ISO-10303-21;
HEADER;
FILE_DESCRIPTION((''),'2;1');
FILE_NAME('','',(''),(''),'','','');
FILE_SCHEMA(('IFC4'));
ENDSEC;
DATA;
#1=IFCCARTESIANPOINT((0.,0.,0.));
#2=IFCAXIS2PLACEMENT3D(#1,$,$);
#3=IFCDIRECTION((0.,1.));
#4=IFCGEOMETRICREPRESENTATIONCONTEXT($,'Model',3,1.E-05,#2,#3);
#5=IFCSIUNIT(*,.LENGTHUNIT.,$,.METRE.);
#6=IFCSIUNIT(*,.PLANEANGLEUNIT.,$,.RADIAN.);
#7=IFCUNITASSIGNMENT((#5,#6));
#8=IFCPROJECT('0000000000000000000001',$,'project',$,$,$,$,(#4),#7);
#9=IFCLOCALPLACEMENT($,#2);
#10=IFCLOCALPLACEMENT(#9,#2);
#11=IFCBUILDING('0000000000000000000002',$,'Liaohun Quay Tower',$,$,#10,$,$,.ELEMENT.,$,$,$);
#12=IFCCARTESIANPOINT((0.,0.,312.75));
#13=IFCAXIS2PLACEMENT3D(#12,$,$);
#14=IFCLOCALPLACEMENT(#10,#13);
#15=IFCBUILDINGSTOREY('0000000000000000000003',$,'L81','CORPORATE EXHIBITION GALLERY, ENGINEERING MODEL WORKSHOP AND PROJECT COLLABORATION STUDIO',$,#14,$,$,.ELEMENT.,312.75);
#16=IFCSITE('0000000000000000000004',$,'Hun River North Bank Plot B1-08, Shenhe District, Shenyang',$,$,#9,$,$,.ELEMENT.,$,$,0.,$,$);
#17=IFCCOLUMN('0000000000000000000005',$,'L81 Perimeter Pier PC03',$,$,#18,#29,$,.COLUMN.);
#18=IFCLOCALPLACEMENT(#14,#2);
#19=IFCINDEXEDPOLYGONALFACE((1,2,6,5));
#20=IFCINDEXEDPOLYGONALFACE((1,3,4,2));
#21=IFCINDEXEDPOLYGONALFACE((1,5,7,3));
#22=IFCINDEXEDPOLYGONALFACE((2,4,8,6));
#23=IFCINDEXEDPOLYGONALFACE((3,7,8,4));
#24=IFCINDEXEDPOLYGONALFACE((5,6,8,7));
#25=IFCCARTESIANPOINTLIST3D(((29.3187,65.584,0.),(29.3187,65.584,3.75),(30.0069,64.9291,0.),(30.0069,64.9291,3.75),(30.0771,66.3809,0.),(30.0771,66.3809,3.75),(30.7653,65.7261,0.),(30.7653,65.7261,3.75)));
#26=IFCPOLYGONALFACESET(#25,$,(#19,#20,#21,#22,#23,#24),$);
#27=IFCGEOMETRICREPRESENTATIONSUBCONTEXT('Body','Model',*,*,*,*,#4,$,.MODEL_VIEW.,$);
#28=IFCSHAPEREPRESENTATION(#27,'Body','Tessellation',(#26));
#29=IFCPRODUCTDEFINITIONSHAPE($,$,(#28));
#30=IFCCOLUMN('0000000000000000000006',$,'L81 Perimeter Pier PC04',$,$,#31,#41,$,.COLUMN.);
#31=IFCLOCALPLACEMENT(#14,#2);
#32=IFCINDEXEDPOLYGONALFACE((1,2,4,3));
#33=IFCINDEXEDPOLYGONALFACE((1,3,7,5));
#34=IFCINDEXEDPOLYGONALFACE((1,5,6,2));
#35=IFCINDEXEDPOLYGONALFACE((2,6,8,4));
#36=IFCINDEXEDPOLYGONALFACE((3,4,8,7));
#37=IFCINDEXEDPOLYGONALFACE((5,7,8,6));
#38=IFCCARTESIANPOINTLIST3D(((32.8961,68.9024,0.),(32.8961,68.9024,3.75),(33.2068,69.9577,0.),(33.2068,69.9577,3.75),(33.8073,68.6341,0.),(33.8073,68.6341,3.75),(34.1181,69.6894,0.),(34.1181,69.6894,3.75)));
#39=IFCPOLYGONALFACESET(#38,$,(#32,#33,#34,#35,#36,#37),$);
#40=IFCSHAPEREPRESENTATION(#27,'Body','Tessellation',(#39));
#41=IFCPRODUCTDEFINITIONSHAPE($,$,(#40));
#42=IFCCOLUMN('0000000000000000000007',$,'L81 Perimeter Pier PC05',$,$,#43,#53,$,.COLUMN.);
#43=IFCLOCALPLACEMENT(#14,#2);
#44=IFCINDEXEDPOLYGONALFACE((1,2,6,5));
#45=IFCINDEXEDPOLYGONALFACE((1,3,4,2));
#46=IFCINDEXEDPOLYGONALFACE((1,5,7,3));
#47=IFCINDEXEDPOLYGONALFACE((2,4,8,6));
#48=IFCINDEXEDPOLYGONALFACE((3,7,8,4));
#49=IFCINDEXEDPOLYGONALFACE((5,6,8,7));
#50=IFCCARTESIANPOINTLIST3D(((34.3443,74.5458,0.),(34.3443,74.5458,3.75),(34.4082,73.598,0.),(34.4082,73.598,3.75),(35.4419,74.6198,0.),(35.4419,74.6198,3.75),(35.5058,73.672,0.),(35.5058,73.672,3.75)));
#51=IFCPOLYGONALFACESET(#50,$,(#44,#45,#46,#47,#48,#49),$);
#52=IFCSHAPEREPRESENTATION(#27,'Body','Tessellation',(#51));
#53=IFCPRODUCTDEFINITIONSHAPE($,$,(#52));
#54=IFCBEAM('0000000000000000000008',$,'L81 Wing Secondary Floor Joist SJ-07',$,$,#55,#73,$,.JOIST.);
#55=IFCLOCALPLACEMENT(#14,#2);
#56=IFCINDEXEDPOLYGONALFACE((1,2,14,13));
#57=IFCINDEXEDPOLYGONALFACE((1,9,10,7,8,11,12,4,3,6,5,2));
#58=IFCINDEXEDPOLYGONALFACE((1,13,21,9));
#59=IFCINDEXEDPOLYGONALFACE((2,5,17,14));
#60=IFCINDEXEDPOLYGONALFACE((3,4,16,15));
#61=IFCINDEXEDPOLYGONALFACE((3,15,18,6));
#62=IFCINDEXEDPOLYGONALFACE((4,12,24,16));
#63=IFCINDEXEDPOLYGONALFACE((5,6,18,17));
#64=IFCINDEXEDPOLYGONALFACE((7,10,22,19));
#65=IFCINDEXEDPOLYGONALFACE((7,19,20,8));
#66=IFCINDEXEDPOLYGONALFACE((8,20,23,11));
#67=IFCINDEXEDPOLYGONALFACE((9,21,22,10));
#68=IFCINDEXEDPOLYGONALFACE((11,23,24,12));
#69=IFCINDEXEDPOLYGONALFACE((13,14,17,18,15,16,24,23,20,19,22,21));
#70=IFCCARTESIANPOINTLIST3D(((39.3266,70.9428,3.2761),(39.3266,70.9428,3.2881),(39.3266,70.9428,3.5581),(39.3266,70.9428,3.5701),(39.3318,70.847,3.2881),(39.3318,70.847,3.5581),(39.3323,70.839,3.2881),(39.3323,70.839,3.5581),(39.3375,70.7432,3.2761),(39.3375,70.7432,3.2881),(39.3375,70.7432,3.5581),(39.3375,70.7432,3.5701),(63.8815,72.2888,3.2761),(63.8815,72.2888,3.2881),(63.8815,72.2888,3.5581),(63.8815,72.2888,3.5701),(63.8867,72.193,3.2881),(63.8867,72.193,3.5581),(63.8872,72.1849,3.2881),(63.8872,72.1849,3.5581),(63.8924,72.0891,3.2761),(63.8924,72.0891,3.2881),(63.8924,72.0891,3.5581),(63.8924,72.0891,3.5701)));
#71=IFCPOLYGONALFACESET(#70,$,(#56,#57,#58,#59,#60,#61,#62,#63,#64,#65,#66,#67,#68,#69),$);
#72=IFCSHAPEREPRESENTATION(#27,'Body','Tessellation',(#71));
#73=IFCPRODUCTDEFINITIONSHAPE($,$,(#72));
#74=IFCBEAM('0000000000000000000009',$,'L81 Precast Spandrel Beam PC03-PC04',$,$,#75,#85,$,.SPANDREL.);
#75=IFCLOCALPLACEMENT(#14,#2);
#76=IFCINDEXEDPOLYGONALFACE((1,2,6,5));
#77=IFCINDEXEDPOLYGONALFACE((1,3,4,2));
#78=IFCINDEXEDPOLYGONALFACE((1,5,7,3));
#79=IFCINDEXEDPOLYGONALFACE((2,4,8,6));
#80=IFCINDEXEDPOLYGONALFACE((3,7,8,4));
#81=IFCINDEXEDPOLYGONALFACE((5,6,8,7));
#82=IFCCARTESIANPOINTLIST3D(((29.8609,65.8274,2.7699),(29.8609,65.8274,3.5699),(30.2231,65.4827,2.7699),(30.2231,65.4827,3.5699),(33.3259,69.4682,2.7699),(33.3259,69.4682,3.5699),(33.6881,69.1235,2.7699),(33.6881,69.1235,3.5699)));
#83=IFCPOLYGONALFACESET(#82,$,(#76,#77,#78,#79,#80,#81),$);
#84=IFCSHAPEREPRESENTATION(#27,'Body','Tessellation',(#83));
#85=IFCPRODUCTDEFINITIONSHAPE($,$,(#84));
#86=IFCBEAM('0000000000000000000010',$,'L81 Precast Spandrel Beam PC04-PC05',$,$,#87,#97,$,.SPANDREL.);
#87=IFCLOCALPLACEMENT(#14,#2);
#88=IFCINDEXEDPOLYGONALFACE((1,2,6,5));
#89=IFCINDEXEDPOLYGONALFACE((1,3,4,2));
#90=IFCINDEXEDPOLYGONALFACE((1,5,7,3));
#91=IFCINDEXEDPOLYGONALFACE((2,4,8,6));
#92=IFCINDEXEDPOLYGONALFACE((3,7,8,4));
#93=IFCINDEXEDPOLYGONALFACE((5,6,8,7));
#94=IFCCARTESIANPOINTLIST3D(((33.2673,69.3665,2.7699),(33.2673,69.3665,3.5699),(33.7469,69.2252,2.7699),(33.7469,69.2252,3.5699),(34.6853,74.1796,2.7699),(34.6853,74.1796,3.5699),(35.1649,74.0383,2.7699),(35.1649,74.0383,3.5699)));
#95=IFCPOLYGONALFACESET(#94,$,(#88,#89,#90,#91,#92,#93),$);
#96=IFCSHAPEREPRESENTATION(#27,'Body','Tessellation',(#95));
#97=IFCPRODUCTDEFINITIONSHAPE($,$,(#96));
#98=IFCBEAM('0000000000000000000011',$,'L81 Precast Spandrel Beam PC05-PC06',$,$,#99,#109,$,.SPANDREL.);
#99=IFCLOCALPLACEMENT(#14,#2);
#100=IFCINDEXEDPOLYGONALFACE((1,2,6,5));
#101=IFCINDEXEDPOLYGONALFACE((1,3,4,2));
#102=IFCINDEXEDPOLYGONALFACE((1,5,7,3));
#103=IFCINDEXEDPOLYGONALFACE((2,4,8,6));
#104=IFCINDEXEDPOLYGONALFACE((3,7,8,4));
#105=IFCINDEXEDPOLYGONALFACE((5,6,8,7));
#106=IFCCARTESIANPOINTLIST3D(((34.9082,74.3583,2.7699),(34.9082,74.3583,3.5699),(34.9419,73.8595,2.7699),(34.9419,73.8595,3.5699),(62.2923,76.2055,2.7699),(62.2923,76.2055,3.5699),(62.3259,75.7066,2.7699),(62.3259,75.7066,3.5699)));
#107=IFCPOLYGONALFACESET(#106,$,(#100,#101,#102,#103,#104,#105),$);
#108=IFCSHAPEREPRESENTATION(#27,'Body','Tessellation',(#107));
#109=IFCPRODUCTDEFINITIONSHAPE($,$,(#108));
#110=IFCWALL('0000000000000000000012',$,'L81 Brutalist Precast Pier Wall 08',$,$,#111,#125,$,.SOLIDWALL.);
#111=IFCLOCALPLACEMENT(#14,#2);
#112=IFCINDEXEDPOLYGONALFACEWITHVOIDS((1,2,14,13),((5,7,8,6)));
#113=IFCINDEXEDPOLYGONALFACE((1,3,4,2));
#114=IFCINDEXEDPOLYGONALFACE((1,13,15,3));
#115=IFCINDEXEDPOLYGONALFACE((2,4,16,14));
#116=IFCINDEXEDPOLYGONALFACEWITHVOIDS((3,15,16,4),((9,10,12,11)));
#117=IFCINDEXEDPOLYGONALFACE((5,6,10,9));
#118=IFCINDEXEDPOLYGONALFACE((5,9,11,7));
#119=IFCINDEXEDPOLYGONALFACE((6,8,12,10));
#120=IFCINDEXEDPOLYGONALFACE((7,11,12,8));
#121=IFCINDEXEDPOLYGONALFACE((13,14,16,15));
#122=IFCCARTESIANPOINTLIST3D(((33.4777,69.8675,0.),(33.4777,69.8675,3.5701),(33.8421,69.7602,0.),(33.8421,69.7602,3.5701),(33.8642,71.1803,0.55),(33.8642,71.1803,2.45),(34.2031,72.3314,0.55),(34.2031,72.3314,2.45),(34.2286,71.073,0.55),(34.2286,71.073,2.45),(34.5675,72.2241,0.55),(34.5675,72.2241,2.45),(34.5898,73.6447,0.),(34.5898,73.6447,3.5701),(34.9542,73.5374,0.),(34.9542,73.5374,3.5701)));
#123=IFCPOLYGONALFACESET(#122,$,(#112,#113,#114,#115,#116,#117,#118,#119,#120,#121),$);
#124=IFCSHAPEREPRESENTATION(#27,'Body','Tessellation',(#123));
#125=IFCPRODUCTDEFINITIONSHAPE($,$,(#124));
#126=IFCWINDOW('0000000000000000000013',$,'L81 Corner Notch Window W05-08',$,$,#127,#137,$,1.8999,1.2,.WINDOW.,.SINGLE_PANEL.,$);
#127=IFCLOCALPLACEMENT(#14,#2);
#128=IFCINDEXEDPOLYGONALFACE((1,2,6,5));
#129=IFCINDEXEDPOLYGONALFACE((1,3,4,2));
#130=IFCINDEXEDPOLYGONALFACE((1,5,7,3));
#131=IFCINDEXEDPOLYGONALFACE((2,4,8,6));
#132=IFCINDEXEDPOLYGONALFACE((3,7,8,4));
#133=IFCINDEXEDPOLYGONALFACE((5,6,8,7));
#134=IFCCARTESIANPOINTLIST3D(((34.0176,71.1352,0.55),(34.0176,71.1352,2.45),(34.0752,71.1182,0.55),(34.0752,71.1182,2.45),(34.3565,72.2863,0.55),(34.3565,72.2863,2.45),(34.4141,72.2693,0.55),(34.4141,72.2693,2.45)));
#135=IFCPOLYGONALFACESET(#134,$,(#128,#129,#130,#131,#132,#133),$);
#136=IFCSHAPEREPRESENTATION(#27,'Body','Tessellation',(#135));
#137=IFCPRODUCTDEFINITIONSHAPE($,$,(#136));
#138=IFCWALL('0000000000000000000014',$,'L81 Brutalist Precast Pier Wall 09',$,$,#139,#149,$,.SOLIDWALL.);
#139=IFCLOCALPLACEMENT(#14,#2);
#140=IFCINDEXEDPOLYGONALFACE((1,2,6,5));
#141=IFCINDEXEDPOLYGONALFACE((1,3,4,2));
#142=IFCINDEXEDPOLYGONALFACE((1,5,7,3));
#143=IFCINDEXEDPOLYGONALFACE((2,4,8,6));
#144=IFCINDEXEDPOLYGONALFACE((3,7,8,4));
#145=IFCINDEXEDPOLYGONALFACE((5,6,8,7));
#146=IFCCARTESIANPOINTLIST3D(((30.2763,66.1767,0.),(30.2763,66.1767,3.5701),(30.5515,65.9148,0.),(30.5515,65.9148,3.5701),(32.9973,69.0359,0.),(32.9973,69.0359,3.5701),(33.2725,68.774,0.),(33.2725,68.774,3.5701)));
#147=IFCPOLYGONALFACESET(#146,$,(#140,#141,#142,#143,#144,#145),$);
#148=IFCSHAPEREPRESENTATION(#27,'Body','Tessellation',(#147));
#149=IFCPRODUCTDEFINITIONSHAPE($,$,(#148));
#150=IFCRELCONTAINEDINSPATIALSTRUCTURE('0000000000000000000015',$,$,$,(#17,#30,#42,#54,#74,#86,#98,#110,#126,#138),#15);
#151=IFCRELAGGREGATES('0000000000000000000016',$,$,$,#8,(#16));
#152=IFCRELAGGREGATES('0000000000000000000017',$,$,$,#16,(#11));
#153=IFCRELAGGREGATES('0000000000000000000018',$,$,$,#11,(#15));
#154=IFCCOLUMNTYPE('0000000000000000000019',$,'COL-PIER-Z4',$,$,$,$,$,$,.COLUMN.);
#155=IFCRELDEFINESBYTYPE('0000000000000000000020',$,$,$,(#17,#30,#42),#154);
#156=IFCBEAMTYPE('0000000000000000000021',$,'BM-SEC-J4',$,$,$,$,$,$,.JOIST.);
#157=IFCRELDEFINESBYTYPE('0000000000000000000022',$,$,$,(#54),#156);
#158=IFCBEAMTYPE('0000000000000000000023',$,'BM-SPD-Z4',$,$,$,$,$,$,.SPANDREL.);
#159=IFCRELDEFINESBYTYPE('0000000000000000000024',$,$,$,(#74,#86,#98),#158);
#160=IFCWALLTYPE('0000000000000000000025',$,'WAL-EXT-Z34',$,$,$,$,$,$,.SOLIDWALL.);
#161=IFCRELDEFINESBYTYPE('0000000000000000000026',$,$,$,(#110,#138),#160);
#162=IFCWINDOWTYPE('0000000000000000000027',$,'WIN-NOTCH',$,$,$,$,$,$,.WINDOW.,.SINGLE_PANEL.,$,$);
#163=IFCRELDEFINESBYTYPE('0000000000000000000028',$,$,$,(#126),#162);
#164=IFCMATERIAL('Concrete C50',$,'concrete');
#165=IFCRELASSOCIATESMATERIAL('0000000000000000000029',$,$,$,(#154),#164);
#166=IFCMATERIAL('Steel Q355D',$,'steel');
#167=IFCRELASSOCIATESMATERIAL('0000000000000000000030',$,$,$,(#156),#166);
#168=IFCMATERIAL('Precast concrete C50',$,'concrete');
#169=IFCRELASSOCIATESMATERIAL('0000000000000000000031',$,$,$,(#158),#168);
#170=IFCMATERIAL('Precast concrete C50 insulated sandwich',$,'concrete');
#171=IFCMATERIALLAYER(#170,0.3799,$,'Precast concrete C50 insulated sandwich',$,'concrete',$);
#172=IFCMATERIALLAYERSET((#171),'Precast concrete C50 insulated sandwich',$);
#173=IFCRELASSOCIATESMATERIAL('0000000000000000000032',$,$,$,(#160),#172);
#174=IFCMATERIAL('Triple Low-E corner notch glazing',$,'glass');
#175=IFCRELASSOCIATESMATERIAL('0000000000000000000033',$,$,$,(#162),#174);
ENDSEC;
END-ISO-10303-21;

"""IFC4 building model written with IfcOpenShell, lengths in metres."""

from ifc_helpers import new_model, si_unit, direction, frame, frame_2d, origin, origin_2d, place, context, subcontext, project, spatial, rectangle, i_section, extrude, source, transform, mapped, material, layer, layer_set, material_profile, profile_set, type_object, element, fill, save


model = new_model("IFC4")

# Units and contexts
model_context = context("Model", 3, precision=1e-05, world=origin(), true_north=direction((0.0, 1.0)))
body_context = subcontext(model_context, "Body", "Model", "MODEL_VIEW")
ifc_project = project(units=[si_unit("LENGTHUNIT", "METRE"), si_unit("PLANEANGLEUNIT", "RADIAN")], contexts=[model_context])

# Site, building, storey
site_placement = place(None, origin())
site = spatial("IfcSite", under=ifc_project, at=site_placement, Name="Hun River North Bank Plot B1-08, Shenhe District, Shenyang", CompositionType="ELEMENT", RefElevation=0.0)
building_placement = place(site_placement, origin())
building = spatial("IfcBuilding", under=site, at=building_placement, Name="Liaohun Quay Tower", CompositionType="ELEMENT")
storey_placement = place(building_placement, frame((0.0, 0.0, 312.75)))
storey = spatial("IfcBuildingStorey", under=building, at=storey_placement, Name="L81", Description="CORPORATE EXHIBITION GALLERY, ENGINEERING MODEL WORKSHOP AND PROJECT COLLABORATION STUDIO", CompositionType="ELEMENT", Elevation=312.75)

# Columns
ifc_material_1 = material(Name="Concrete C50", Category="concrete")
ifc_material_profile_1 = material_profile(ifc_material_1, rectangle(XDim=1.1001, YDim=0.95, at=origin_2d()), Name="RC1100x950")
ifc_profile_set_1 = profile_set([ifc_material_profile_1], Name="Concrete C50")
column_type = type_object("IfcColumnType", Name="COL-PIER-Z4", PredefinedType="COLUMN", material=ifc_profile_set_1)
shared_shape_1 = source(origin(), body_context, "Body", "SweptSolid", [
    extrude(rectangle(XDim=1.1001, YDim=0.95, at=origin_2d()), origin(), (0.0, 0.0, 1.0), 3.75),
])
for number, where, z_axis, x_axis, name in (
    (1, (30.042, 65.655, 0.0), (0.0, 0.0, 1.0), (0.689367, 0.724413, 0.0), "L81 Perimeter Pier PC03"),
    (2, (33.5071, 69.2959, 0.0), (0.0, 0.0, 1.0), (0.282509, 0.959265, 0.0), "L81 Perimeter Pier PC04"),
    (3, (34.925, 74.1089, 0.0), (0.0, 0.0, 1.0), (0.997732, 0.067319, 0.0), "L81 Perimeter Pier PC05"),
):
    element("IfcColumn", number, at=place(storey_placement, frame(where, z_axis=z_axis, x_axis=x_axis)), inside=storey, type_object=column_type, Name=name, PredefinedType="COLUMN", context=body_context, shape_type="MappedRepresentation", body=[
        mapped(shared_shape_1, transform((0.0, 0.0, 0.0), x_axis=(1.0, 0.0, 0.0), y_axis=(0.0, 1.0, 0.0), z_axis=(0.0, 0.0, 1.0), scale=1.0)),
    ])

# Beams
ifc_material_2 = material(Name="Steel Q355D", Category="steel")
ifc_material_profile_2 = material_profile(ifc_material_2, i_section(OverallWidth=0.2, OverallDepth=0.2939, WebThickness=0.0081, FlangeThickness=0.012, at=origin_2d()), Name="HM294x200x8x12")
ifc_profile_set_2 = profile_set([ifc_material_profile_2], Name="Steel Q355D")
beam_type_1 = type_object("IfcBeamType", Name="BM-SEC-J4", PredefinedType="JOIST", material=ifc_profile_set_2)
shared_shape_2 = source(origin(), body_context, "Body", "SweptSolid", [
    extrude(i_section(OverallWidth=0.2, OverallDepth=0.2939, WebThickness=0.0081, FlangeThickness=0.012, at=origin_2d()), origin(), (0.0, 0.0, 1.0), 24.5918),
])
beam_1_placement = place(storey_placement, frame((39.332, 70.843, 3.4231), z_axis=(0.998501, 0.054732, 0.0), x_axis=(-0.054732, 0.998501, 0.0)))
element("IfcBeam", 4, at=beam_1_placement, inside=storey, type_object=beam_type_1, Name="L81 Wing Secondary Floor Joist SJ-07", PredefinedType="JOIST", context=body_context, shape_type="MappedRepresentation", body=[
    mapped(shared_shape_2, transform((0.0, 0.0, 0.0), x_axis=(1.0, 0.0, 0.0), y_axis=(0.0, 1.0, 0.0), z_axis=(0.0, 0.0, 1.0), scale=1.0)),
])
ifc_material_3 = material(Name="Precast concrete C50", Category="concrete")
ifc_material_profile_3 = material_profile(ifc_material_3, rectangle(XDim=0.5, YDim=0.8, at=origin_2d()), Name="RC500x800")
ifc_profile_set_3 = profile_set([ifc_material_profile_3], Name="Precast concrete C50")
beam_type_2 = type_object("IfcBeamType", Name="BM-SPD-Z4", PredefinedType="SPANDREL", material=ifc_profile_set_3)
shared_shape_3 = source(origin(), body_context, "Body", "SweptSolid", [
    extrude(rectangle(XDim=0.5, YDim=0.8, at=origin_2d()), origin(), (0.0, 0.0, 1.0), 5.0261),
])
beam_2_placement = place(storey_placement, frame((30.042, 65.655, 3.1699), z_axis=(0.689404, 0.724377, 0.0), x_axis=(-0.724377, 0.689404, 0.0)))
element("IfcBeam", 5, at=beam_2_placement, inside=storey, type_object=beam_type_2, Name="L81 Precast Spandrel Beam PC03-PC04", PredefinedType="SPANDREL", context=body_context, shape_type="MappedRepresentation", body=[
    mapped(shared_shape_3, transform((0.0, 0.0, 0.0), x_axis=(1.0, 0.0, 0.0), y_axis=(0.0, 1.0, 0.0), z_axis=(0.0, 0.0, 1.0), scale=1.0)),
])
shared_shape_4 = source(origin(), body_context, "Body", "SweptSolid", [
    extrude(rectangle(XDim=0.5, YDim=0.8, at=origin_2d()), origin(), (0.0, 0.0, 1.0), 5.0176),
])
beam_3_placement = place(storey_placement, frame((33.5071, 69.2959, 3.1699), z_axis=(0.282604, 0.959237, 0.0), x_axis=(-0.959237, 0.282604, 0.0)))
element("IfcBeam", 6, at=beam_3_placement, inside=storey, type_object=beam_type_2, Name="L81 Precast Spandrel Beam PC04-PC05", PredefinedType="SPANDREL", context=body_context, shape_type="MappedRepresentation", body=[
    mapped(shared_shape_4, transform((0.0, 0.0, 0.0), x_axis=(1.0, 0.0, 0.0), y_axis=(0.0, 1.0, 0.0), z_axis=(0.0, 0.0, 1.0), scale=1.0)),
])
shared_shape_5 = source(origin(), body_context, "Body", "SweptSolid", [
    extrude(rectangle(XDim=0.5, YDim=0.8, at=origin_2d()), origin(), (0.0, 0.0, 1.0), 27.4463),
])
beam_4_placement = place(storey_placement, frame((34.925, 74.1089, 3.1699), z_axis=(0.997733, 0.067301, 0.0), x_axis=(-0.067301, 0.997733, 0.0)))
element("IfcBeam", 7, at=beam_4_placement, inside=storey, type_object=beam_type_2, Name="L81 Precast Spandrel Beam PC05-PC06", PredefinedType="SPANDREL", context=body_context, shape_type="MappedRepresentation", body=[
    mapped(shared_shape_5, transform((0.0, 0.0, 0.0), x_axis=(1.0, 0.0, 0.0), y_axis=(0.0, 1.0, 0.0), z_axis=(0.0, 0.0, 1.0), scale=1.0)),
])

# Wall, opening, window
ifc_material_4 = material(Name="Precast concrete C50 insulated sandwich", Category="concrete")
ifc_layer_1 = layer(ifc_material_4, 0.3799, Name="Precast concrete C50 insulated sandwich", Category="concrete")
ifc_layer_set_1 = layer_set([ifc_layer_1], Name="Precast concrete C50 insulated sandwich")
wall_type_1 = type_object("IfcWallType", Name="WAL-EXT-Z34", PredefinedType="SOLIDWALL", material=ifc_layer_set_1)
wall_1_placement = place(storey_placement, frame((34.772, 73.5911, 0.0), z_axis=(0.0, 0.0, 1.0), x_axis=(-0.282435, -0.959286, 0.0)))
wall_1 = element("IfcWall", 8, at=wall_1_placement, inside=storey, type_object=wall_type_1, Name="L81 Brutalist Precast Pier Wall 08", PredefinedType="SOLIDWALL", context=body_context, shape_type="SweptSolid", body=[
    extrude(rectangle(XDim=3.9375, YDim=0.3799, at=frame_2d((1.9688, 0.0))), origin(), (0.0, 0.0, 1.0), 3.5701),
])
shared_shape_6 = source(origin(), body_context, "Body", "SweptSolid", [
    extrude(rectangle(XDim=1.2, YDim=1.8999, at=frame_2d((0.6001, 0.95))), frame((0.0, 0.2, 0.0), z_axis=(0.0, -1.0, 0.0), x_axis=(1.0, 0.0, 0.0)), (0.0, 0.0, 1.0), 0.3999),
])
opening_1_placement = place(wall_1_placement, frame((1.3689, 0.0, 0.55)))
opening_1 = element("IfcOpeningElement", 9, at=opening_1_placement, cuts=wall_1, PredefinedType="OPENING", context=body_context, shape_type="MappedRepresentation", body=[
    mapped(shared_shape_6, transform((0.0, 0.0, 0.0), x_axis=(1.0, 0.0, 0.0), y_axis=(0.0, 1.0, 0.0), z_axis=(0.0, 0.0, 1.0), scale=1.0)),
])
ifc_material_5 = material(Name="Triple Low-E corner notch glazing", Category="glass")
window_type_1 = type_object("IfcWindowType", Name="WIN-NOTCH", PartitioningType="SINGLE_PANEL", PredefinedType="WINDOW", material=ifc_material_5)
shared_shape_7 = source(origin(), body_context, "Body", "SweptSolid", [
    extrude(rectangle(XDim=1.2, YDim=1.8999, at=frame_2d((0.6001, 0.95))), frame((0.0, 0.03, 0.0), z_axis=(0.0, -1.0, 0.0), x_axis=(1.0, 0.0, 0.0)), (0.0, 0.0, 1.0), 0.0601),
])
window_1_placement = place(opening_1_placement, origin())
window_1 = element("IfcWindow", 10, at=window_1_placement, inside=storey, type_object=window_type_1, Name="L81 Corner Notch Window W05-08", OverallHeight=1.8999, OverallWidth=1.2, PartitioningType="SINGLE_PANEL", PredefinedType="WINDOW", context=body_context, shape_type="MappedRepresentation", body=[
    mapped(shared_shape_7, transform((0.0, 0.0, 0.0), x_axis=(1.0, 0.0, 0.0), y_axis=(0.0, 1.0, 0.0), z_axis=(0.0, 0.0, 1.0), scale=1.0)),
])
fill(opening_1, window_1)

# Wall
wall_2_placement = place(storey_placement, frame((33.135, 68.905, 0.0), z_axis=(0.0, 0.0, 1.0), x_axis=(-0.689385, -0.724395, 0.0)))
element("IfcWall", 11, at=wall_2_placement, inside=storey, type_object=wall_type_1, Name="L81 Brutalist Precast Pier Wall 09", PredefinedType="SOLIDWALL", context=body_context, shape_type="SweptSolid", body=[
    extrude(rectangle(XDim=3.947, YDim=0.3799, at=frame_2d((1.9736, 0.0))), origin(), (0.0, 0.0, 1.0), 3.5701),
])

save(model, "model.ifc")
